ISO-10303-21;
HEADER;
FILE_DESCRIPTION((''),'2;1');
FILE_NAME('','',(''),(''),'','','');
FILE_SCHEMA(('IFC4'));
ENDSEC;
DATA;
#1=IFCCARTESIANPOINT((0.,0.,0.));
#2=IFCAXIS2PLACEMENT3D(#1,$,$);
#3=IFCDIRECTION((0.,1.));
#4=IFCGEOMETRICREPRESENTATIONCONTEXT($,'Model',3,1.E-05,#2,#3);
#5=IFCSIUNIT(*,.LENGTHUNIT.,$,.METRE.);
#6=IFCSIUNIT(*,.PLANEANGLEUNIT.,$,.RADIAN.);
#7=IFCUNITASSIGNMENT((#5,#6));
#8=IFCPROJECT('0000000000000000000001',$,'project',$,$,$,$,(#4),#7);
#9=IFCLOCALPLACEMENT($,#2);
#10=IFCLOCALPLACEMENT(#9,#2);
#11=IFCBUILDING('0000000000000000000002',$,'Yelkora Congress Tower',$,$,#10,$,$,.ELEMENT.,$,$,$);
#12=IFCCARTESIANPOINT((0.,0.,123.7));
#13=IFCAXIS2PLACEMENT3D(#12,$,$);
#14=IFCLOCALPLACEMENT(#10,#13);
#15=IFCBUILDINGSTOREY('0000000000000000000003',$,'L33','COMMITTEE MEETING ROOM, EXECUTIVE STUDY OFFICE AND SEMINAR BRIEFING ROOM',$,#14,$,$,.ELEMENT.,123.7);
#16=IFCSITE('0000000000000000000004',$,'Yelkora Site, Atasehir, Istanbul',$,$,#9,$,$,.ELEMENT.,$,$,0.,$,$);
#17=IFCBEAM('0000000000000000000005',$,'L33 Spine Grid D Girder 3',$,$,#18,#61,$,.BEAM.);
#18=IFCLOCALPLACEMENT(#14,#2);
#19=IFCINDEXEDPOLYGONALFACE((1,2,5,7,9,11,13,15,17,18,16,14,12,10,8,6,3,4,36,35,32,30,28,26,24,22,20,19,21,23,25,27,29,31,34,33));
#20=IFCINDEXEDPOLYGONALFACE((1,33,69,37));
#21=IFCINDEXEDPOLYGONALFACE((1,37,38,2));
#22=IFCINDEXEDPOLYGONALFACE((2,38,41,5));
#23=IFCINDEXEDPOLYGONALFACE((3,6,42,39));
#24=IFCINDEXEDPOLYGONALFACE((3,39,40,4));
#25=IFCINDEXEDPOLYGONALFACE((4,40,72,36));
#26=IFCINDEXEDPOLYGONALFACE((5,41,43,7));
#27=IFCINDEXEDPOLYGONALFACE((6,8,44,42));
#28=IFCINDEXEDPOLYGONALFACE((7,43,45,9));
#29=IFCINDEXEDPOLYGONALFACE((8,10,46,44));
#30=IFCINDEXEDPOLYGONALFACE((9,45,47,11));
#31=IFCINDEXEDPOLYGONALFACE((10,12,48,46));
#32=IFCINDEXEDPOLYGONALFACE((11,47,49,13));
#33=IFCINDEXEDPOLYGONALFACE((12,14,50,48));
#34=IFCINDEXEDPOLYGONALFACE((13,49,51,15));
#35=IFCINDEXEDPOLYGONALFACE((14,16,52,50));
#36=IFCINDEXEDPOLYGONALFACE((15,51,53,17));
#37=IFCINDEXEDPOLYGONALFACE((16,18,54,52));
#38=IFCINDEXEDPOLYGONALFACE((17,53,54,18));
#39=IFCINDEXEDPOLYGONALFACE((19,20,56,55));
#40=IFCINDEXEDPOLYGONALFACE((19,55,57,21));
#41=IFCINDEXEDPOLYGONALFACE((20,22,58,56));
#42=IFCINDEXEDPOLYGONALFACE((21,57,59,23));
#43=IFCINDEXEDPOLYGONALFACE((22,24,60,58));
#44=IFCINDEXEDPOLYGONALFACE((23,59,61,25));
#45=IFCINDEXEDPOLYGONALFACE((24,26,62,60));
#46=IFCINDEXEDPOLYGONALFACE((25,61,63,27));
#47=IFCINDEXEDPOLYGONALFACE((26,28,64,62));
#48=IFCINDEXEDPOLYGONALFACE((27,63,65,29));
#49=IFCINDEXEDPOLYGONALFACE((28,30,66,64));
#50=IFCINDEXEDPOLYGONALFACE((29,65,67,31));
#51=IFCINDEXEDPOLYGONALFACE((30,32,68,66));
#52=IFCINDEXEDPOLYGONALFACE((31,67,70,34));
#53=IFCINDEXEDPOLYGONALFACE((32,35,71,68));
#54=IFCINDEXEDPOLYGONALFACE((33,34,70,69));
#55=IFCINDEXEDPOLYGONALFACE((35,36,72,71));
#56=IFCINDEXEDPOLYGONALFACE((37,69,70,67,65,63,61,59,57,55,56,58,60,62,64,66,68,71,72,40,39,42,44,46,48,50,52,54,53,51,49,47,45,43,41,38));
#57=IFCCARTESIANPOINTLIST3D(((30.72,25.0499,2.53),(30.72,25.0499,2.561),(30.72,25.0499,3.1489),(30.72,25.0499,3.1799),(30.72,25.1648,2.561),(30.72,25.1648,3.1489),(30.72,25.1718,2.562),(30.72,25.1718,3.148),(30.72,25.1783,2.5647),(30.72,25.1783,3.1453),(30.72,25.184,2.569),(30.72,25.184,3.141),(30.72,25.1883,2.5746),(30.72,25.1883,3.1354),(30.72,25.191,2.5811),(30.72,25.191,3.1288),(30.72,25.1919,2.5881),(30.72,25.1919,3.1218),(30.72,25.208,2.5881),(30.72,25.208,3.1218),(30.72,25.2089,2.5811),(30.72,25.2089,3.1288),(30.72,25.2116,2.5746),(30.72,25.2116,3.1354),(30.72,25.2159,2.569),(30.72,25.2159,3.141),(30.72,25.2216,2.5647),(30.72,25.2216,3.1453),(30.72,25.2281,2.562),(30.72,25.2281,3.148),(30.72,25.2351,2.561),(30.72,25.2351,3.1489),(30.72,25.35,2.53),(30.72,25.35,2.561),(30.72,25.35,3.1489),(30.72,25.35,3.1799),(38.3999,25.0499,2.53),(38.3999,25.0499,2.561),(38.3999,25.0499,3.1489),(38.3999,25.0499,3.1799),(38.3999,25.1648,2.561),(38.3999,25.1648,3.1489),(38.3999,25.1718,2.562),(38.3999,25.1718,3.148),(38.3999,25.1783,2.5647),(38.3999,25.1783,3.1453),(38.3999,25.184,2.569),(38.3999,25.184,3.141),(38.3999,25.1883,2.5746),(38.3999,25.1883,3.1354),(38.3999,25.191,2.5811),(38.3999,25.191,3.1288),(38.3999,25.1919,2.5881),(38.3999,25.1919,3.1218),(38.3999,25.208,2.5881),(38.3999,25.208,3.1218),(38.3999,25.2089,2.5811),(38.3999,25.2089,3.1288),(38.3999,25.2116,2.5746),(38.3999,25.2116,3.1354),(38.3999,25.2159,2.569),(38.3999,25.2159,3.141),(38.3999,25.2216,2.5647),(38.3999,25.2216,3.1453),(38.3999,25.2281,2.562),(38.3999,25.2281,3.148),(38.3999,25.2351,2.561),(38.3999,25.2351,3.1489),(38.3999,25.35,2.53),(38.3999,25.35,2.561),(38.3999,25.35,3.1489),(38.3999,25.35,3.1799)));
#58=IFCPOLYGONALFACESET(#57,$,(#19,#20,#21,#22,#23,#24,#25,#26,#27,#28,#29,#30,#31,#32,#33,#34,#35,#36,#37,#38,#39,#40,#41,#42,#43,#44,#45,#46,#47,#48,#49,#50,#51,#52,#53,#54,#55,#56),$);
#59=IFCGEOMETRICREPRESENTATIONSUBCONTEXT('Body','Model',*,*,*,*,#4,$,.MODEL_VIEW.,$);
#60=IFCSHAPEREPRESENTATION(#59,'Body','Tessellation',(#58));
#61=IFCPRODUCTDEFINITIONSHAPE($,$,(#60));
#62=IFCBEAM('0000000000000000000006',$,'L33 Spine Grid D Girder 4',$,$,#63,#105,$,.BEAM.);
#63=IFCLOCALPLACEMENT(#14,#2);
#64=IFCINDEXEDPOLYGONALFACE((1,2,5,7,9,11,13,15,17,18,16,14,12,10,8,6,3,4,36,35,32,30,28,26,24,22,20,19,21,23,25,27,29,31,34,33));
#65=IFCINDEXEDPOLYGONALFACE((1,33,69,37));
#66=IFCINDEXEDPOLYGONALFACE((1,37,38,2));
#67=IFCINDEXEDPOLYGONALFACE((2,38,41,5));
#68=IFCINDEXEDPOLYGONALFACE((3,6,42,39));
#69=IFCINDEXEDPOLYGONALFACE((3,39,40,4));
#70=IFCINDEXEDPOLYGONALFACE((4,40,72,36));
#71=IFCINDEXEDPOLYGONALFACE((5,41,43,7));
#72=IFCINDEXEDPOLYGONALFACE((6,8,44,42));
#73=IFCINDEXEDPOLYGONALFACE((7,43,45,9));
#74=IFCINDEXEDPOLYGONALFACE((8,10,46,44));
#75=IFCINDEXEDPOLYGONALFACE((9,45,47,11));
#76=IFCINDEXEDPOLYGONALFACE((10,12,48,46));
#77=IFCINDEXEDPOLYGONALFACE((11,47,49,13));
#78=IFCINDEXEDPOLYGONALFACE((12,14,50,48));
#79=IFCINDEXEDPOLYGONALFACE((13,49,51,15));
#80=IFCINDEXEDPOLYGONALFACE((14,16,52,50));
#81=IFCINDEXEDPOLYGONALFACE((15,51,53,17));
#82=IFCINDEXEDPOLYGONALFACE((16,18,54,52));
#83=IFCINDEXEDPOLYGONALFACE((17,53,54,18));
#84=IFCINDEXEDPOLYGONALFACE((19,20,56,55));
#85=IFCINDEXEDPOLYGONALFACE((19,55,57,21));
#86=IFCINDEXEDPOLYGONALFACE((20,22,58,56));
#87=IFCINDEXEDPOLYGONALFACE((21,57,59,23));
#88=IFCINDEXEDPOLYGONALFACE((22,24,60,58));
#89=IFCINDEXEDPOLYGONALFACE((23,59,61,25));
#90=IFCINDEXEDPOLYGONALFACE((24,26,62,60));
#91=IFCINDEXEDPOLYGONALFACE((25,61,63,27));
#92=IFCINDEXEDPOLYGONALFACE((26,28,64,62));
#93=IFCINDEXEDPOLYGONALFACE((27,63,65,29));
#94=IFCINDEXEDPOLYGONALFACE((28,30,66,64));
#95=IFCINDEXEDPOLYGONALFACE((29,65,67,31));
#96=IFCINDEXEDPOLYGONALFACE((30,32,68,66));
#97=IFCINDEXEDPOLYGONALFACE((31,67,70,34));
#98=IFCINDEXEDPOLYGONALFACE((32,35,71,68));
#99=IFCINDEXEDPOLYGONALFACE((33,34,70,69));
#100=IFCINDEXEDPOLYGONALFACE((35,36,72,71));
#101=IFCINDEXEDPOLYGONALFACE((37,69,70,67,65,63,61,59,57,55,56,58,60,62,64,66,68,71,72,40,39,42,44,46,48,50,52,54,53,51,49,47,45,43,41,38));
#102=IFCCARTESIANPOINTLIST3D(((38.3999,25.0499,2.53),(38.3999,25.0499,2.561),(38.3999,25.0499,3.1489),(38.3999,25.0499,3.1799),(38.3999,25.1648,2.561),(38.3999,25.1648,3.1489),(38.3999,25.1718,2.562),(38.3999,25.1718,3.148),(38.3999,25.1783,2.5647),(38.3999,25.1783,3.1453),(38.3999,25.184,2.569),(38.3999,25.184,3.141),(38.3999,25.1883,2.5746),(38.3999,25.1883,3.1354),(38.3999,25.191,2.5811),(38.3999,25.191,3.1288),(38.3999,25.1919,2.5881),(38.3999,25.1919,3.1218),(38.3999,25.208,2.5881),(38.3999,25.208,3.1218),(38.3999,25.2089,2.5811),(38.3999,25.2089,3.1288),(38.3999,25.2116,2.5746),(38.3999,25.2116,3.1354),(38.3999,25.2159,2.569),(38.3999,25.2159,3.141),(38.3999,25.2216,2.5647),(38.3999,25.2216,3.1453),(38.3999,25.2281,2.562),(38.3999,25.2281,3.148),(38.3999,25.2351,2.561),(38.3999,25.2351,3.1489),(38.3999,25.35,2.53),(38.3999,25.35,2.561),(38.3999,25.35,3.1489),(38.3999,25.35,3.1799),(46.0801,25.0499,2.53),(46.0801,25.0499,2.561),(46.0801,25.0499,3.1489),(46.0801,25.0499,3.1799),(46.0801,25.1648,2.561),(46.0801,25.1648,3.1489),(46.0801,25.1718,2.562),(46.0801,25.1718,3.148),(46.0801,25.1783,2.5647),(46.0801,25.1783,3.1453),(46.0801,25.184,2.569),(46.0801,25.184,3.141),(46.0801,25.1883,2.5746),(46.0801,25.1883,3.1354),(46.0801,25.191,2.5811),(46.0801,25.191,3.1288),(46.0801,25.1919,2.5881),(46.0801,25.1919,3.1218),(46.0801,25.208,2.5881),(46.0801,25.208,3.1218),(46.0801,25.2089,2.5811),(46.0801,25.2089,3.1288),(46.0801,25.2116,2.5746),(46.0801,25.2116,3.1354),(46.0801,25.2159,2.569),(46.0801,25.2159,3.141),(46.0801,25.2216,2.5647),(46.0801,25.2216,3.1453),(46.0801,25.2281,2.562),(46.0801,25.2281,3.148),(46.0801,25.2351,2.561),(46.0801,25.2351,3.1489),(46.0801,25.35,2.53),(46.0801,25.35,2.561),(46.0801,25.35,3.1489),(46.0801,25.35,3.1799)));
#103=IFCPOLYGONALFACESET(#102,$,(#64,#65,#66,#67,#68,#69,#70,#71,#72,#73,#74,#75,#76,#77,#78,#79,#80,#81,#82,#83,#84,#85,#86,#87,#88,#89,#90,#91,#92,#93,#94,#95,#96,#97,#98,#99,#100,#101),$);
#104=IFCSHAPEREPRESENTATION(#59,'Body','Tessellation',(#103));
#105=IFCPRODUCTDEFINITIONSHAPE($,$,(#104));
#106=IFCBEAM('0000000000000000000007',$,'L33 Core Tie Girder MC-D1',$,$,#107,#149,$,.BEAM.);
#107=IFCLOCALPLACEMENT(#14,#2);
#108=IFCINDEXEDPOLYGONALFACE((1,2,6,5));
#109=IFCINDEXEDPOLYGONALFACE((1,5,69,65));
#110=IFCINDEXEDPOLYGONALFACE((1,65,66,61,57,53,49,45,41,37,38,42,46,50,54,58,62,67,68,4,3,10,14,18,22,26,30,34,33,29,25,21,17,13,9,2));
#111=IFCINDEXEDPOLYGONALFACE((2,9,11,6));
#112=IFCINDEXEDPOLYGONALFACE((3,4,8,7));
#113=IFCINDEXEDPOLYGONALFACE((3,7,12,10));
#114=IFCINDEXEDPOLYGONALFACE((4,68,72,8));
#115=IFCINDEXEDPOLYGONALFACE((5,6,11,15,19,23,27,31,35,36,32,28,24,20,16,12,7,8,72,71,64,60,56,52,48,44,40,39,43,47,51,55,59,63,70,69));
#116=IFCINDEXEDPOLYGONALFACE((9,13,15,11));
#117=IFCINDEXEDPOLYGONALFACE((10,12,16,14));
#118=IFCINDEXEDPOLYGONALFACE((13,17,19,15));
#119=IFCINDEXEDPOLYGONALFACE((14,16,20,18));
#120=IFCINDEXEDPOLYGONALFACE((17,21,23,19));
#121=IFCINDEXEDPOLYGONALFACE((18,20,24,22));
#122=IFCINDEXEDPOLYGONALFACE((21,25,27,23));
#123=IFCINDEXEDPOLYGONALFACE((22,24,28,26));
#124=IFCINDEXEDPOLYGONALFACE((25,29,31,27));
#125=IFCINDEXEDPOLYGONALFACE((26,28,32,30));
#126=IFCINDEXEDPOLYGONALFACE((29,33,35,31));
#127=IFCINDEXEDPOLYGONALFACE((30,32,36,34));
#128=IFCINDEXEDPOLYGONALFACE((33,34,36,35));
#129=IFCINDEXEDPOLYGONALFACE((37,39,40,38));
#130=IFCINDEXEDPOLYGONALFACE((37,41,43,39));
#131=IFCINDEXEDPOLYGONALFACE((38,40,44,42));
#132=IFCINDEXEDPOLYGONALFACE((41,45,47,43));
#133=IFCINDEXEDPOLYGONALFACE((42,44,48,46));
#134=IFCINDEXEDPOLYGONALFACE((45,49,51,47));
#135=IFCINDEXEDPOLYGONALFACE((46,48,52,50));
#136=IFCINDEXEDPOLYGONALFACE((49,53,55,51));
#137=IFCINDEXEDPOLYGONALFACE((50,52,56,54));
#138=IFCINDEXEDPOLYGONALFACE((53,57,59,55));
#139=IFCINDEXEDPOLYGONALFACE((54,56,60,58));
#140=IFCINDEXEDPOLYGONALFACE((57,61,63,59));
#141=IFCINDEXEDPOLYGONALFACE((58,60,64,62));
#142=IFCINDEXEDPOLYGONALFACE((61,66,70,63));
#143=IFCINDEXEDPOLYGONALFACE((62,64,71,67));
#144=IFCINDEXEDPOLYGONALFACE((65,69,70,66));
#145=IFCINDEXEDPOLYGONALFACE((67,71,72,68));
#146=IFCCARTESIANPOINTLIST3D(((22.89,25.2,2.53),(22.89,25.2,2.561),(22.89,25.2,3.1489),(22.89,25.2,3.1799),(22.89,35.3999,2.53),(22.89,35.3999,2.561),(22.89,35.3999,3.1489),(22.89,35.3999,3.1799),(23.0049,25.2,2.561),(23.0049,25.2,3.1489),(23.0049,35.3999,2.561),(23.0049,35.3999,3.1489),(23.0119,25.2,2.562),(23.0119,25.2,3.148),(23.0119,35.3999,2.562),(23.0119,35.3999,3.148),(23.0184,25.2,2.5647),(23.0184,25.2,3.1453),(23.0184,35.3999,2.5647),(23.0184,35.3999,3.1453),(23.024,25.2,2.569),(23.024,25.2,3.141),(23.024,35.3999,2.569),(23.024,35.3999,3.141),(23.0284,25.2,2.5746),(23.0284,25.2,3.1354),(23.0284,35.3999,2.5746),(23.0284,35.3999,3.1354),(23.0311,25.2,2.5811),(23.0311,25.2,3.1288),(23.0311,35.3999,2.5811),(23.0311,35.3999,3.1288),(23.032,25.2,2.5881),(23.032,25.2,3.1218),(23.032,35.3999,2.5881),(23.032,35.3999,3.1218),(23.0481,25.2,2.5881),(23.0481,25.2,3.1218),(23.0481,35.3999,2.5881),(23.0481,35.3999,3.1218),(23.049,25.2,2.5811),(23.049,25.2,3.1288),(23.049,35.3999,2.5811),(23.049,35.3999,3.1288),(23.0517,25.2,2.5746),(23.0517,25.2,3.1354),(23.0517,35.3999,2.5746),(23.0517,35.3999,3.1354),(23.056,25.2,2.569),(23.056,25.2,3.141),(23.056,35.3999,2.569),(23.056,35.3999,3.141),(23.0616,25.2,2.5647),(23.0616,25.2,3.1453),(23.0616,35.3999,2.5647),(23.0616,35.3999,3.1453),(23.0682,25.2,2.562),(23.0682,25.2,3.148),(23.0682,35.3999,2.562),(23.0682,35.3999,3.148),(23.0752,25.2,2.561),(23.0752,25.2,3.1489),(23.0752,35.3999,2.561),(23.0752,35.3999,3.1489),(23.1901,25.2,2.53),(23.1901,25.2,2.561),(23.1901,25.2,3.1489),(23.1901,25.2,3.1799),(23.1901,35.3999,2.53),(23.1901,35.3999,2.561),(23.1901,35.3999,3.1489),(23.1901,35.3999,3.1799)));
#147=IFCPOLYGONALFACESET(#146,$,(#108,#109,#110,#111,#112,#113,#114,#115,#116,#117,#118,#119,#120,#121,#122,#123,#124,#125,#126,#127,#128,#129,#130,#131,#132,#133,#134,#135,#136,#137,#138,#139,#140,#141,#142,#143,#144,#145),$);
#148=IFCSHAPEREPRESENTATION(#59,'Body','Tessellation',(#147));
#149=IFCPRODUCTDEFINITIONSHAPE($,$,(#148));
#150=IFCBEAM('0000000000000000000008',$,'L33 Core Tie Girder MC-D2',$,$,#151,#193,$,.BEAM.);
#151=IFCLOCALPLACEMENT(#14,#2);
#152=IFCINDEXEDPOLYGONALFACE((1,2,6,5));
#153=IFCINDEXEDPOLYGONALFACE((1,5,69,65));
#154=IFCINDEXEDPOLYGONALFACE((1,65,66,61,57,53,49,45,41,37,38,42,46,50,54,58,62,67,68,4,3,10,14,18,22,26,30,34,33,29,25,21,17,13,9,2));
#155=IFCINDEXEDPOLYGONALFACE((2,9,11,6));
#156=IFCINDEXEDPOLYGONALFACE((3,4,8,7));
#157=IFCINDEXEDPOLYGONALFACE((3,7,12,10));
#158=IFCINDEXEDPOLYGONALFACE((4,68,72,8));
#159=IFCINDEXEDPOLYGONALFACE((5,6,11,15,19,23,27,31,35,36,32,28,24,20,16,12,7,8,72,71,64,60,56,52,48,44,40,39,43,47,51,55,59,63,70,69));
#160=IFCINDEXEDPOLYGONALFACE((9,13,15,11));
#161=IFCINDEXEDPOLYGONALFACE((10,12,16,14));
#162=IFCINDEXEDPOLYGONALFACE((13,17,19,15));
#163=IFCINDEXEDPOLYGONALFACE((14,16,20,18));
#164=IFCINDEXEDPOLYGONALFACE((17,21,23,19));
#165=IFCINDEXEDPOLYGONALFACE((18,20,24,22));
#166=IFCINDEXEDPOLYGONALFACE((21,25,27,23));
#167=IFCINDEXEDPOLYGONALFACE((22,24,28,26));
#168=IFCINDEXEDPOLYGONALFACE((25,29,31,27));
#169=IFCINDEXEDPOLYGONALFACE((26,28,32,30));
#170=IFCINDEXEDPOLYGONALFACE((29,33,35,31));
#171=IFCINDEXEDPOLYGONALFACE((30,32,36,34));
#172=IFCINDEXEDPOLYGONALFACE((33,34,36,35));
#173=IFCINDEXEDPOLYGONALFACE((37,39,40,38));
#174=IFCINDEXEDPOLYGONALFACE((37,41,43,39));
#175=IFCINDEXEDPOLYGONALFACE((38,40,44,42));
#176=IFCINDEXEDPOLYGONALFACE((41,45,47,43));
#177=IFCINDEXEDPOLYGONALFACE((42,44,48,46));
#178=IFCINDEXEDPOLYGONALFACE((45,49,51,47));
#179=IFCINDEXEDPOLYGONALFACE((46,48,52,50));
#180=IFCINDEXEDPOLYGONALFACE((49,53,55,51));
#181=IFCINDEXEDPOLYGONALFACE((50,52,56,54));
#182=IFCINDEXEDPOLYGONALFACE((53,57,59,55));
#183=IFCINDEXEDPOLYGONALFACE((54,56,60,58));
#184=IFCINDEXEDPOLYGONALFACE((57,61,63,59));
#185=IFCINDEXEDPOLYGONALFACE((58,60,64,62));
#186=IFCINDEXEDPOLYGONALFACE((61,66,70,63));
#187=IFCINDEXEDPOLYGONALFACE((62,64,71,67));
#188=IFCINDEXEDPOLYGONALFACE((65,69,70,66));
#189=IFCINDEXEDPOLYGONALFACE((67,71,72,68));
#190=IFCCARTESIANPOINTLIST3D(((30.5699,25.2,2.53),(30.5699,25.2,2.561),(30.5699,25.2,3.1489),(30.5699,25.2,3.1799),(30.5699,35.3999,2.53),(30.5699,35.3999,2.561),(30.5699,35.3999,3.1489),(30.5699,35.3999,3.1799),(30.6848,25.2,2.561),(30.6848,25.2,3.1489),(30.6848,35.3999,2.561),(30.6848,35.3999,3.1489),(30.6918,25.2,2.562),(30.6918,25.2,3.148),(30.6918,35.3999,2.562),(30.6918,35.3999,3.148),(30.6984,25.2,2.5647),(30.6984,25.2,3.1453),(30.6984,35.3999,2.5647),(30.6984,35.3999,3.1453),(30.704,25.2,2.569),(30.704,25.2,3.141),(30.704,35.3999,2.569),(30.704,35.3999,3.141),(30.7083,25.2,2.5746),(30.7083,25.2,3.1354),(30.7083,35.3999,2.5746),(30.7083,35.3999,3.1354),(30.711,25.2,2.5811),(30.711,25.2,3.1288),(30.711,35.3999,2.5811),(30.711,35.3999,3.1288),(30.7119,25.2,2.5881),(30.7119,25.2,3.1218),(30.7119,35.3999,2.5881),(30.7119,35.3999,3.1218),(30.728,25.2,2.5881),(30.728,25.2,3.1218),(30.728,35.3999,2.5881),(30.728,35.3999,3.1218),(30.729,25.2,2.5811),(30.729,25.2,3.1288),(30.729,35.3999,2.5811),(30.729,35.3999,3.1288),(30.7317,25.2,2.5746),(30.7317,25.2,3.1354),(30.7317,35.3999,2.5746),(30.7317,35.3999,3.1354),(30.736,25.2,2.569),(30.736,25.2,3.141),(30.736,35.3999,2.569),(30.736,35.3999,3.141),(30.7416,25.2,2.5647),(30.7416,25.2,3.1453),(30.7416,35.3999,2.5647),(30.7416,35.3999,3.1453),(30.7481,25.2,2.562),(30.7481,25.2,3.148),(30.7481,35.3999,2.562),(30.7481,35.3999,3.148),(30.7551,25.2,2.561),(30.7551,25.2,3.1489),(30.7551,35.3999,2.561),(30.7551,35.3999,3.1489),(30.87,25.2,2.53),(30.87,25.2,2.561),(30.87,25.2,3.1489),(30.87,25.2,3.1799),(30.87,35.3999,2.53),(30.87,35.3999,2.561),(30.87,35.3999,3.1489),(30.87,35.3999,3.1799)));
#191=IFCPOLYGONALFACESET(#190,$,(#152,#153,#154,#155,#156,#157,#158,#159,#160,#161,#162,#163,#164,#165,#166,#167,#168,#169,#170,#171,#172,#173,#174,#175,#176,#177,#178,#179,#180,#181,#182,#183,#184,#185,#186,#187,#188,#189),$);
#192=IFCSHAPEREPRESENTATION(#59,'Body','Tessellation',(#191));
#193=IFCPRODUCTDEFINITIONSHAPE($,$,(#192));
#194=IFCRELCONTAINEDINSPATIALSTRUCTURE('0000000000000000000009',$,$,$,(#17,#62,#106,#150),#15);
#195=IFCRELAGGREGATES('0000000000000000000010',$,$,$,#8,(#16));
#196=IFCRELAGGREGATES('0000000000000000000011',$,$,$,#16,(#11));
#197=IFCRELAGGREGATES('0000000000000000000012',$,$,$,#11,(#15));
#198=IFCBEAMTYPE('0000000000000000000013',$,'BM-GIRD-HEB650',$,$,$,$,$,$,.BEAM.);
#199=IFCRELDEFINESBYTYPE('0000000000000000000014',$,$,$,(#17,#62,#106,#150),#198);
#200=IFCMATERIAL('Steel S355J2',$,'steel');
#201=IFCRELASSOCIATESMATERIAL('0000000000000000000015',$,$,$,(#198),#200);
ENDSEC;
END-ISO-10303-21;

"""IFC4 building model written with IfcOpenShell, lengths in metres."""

from ifc_helpers import new_model, si_unit, direction, frame, origin, origin_2d, place, context, subcontext, project, spatial, i_section, extrude, material, material_profile, profile_set, type_object, element, save


model = new_model("IFC4")

# Units and contexts
model_context = context("Model", 3, precision=1e-05, world=origin(), true_north=direction((0.0, 1.0)))
body_context = subcontext(model_context, "Body", "Model", "MODEL_VIEW")
ifc_project = project(units=[si_unit("LENGTHUNIT", "METRE"), si_unit("PLANEANGLEUNIT", "RADIAN")], contexts=[model_context])

# Site, building, storey
site_placement = place(None, origin())
site = spatial("IfcSite", under=ifc_project, at=site_placement, Name="Yelkora Site, Atasehir, Istanbul", CompositionType="ELEMENT", RefElevation=0.0)
building_placement = place(site_placement, origin())
building = spatial("IfcBuilding", under=site, at=building_placement, Name="Yelkora Congress Tower", CompositionType="ELEMENT")
storey_placement = place(building_placement, frame((0.0, 0.0, 123.7)))
storey = spatial("IfcBuildingStorey", under=building, at=storey_placement, Name="L33", Description="COMMITTEE MEETING ROOM, EXECUTIVE STUDY OFFICE AND SEMINAR BRIEFING ROOM", CompositionType="ELEMENT", Elevation=123.7)

# Beams
ifc_material_1 = material(Name="Steel S355J2", Category="steel")
ifc_material_profile_1 = material_profile(ifc_material_1, i_section(OverallWidth=0.3, OverallDepth=0.6499, WebThickness=0.0161, FlangeThickness=0.031, FilletRadius=0.0271, at=origin_2d()), Name="HEB 650")
ifc_profile_set_1 = profile_set([ifc_material_profile_1], Name="Steel S355J2")
beam_type_1 = type_object("IfcBeamType", Name="BM-GIRD-HEB650", PredefinedType="BEAM", material=ifc_profile_set_1)
for number, where, z_axis, x_axis, name in (
    (1, (30.72, 25.2, 2.855), (1.0, 0.0, 0.0), (0.0, 1.0, 0.0), "L33 Spine Grid D Girder 3"),
):
    element("IfcBeam", number, at=place(storey_placement, frame(where, z_axis=z_axis, x_axis=x_axis)), inside=storey, type_object=beam_type_1, Name=name, PredefinedType="BEAM", context=body_context, shape_type="SweptSolid", body=[
        extrude(i_section(OverallWidth=0.3, OverallDepth=0.6499, WebThickness=0.0161, FlangeThickness=0.031, FilletRadius=0.0271, at=origin_2d()), origin(), (0.0, 0.0, 1.0), 7.6799),
    ])
beam_1_placement = place(storey_placement, frame((38.3999, 25.2, 2.855), z_axis=(1.0, 0.0, 0.0), x_axis=(0.0, 1.0, 0.0)))
element("IfcBeam", 2, at=beam_1_placement, inside=storey, type_object=beam_type_1, Name="L33 Spine Grid D Girder 4", PredefinedType="BEAM", context=body_context, shape_type="SweptSolid", body=[
    extrude(i_section(OverallWidth=0.3, OverallDepth=0.6499, WebThickness=0.0161, FlangeThickness=0.031, FilletRadius=0.0271, at=origin_2d()), origin(), (0.0, 0.0, 1.0), 7.6802),
])
for number, where, z_axis, x_axis, name in (
    (3, (23.04, 25.2, 2.855), (0.0, 1.0, 0.0), (-1.0, 0.0, 0.0), "L33 Core Tie Girder MC-D1"),
    (4, (30.72, 25.2, 2.855), (0.0, 1.0, 0.0), (-1.0, 0.0, 0.0), "L33 Core Tie Girder MC-D2"),
):
    element("IfcBeam", number, at=place(storey_placement, frame(where, z_axis=z_axis, x_axis=x_axis)), inside=storey, type_object=beam_type_1, Name=name, PredefinedType="BEAM", context=body_context, shape_type="SweptSolid", body=[
        extrude(i_section(OverallWidth=0.3, OverallDepth=0.6499, WebThickness=0.0161, FlangeThickness=0.031, FilletRadius=0.0271, at=origin_2d()), origin(), (0.0, 0.0, 1.0), 10.2),
    ])

save(model, "model.ifc")
